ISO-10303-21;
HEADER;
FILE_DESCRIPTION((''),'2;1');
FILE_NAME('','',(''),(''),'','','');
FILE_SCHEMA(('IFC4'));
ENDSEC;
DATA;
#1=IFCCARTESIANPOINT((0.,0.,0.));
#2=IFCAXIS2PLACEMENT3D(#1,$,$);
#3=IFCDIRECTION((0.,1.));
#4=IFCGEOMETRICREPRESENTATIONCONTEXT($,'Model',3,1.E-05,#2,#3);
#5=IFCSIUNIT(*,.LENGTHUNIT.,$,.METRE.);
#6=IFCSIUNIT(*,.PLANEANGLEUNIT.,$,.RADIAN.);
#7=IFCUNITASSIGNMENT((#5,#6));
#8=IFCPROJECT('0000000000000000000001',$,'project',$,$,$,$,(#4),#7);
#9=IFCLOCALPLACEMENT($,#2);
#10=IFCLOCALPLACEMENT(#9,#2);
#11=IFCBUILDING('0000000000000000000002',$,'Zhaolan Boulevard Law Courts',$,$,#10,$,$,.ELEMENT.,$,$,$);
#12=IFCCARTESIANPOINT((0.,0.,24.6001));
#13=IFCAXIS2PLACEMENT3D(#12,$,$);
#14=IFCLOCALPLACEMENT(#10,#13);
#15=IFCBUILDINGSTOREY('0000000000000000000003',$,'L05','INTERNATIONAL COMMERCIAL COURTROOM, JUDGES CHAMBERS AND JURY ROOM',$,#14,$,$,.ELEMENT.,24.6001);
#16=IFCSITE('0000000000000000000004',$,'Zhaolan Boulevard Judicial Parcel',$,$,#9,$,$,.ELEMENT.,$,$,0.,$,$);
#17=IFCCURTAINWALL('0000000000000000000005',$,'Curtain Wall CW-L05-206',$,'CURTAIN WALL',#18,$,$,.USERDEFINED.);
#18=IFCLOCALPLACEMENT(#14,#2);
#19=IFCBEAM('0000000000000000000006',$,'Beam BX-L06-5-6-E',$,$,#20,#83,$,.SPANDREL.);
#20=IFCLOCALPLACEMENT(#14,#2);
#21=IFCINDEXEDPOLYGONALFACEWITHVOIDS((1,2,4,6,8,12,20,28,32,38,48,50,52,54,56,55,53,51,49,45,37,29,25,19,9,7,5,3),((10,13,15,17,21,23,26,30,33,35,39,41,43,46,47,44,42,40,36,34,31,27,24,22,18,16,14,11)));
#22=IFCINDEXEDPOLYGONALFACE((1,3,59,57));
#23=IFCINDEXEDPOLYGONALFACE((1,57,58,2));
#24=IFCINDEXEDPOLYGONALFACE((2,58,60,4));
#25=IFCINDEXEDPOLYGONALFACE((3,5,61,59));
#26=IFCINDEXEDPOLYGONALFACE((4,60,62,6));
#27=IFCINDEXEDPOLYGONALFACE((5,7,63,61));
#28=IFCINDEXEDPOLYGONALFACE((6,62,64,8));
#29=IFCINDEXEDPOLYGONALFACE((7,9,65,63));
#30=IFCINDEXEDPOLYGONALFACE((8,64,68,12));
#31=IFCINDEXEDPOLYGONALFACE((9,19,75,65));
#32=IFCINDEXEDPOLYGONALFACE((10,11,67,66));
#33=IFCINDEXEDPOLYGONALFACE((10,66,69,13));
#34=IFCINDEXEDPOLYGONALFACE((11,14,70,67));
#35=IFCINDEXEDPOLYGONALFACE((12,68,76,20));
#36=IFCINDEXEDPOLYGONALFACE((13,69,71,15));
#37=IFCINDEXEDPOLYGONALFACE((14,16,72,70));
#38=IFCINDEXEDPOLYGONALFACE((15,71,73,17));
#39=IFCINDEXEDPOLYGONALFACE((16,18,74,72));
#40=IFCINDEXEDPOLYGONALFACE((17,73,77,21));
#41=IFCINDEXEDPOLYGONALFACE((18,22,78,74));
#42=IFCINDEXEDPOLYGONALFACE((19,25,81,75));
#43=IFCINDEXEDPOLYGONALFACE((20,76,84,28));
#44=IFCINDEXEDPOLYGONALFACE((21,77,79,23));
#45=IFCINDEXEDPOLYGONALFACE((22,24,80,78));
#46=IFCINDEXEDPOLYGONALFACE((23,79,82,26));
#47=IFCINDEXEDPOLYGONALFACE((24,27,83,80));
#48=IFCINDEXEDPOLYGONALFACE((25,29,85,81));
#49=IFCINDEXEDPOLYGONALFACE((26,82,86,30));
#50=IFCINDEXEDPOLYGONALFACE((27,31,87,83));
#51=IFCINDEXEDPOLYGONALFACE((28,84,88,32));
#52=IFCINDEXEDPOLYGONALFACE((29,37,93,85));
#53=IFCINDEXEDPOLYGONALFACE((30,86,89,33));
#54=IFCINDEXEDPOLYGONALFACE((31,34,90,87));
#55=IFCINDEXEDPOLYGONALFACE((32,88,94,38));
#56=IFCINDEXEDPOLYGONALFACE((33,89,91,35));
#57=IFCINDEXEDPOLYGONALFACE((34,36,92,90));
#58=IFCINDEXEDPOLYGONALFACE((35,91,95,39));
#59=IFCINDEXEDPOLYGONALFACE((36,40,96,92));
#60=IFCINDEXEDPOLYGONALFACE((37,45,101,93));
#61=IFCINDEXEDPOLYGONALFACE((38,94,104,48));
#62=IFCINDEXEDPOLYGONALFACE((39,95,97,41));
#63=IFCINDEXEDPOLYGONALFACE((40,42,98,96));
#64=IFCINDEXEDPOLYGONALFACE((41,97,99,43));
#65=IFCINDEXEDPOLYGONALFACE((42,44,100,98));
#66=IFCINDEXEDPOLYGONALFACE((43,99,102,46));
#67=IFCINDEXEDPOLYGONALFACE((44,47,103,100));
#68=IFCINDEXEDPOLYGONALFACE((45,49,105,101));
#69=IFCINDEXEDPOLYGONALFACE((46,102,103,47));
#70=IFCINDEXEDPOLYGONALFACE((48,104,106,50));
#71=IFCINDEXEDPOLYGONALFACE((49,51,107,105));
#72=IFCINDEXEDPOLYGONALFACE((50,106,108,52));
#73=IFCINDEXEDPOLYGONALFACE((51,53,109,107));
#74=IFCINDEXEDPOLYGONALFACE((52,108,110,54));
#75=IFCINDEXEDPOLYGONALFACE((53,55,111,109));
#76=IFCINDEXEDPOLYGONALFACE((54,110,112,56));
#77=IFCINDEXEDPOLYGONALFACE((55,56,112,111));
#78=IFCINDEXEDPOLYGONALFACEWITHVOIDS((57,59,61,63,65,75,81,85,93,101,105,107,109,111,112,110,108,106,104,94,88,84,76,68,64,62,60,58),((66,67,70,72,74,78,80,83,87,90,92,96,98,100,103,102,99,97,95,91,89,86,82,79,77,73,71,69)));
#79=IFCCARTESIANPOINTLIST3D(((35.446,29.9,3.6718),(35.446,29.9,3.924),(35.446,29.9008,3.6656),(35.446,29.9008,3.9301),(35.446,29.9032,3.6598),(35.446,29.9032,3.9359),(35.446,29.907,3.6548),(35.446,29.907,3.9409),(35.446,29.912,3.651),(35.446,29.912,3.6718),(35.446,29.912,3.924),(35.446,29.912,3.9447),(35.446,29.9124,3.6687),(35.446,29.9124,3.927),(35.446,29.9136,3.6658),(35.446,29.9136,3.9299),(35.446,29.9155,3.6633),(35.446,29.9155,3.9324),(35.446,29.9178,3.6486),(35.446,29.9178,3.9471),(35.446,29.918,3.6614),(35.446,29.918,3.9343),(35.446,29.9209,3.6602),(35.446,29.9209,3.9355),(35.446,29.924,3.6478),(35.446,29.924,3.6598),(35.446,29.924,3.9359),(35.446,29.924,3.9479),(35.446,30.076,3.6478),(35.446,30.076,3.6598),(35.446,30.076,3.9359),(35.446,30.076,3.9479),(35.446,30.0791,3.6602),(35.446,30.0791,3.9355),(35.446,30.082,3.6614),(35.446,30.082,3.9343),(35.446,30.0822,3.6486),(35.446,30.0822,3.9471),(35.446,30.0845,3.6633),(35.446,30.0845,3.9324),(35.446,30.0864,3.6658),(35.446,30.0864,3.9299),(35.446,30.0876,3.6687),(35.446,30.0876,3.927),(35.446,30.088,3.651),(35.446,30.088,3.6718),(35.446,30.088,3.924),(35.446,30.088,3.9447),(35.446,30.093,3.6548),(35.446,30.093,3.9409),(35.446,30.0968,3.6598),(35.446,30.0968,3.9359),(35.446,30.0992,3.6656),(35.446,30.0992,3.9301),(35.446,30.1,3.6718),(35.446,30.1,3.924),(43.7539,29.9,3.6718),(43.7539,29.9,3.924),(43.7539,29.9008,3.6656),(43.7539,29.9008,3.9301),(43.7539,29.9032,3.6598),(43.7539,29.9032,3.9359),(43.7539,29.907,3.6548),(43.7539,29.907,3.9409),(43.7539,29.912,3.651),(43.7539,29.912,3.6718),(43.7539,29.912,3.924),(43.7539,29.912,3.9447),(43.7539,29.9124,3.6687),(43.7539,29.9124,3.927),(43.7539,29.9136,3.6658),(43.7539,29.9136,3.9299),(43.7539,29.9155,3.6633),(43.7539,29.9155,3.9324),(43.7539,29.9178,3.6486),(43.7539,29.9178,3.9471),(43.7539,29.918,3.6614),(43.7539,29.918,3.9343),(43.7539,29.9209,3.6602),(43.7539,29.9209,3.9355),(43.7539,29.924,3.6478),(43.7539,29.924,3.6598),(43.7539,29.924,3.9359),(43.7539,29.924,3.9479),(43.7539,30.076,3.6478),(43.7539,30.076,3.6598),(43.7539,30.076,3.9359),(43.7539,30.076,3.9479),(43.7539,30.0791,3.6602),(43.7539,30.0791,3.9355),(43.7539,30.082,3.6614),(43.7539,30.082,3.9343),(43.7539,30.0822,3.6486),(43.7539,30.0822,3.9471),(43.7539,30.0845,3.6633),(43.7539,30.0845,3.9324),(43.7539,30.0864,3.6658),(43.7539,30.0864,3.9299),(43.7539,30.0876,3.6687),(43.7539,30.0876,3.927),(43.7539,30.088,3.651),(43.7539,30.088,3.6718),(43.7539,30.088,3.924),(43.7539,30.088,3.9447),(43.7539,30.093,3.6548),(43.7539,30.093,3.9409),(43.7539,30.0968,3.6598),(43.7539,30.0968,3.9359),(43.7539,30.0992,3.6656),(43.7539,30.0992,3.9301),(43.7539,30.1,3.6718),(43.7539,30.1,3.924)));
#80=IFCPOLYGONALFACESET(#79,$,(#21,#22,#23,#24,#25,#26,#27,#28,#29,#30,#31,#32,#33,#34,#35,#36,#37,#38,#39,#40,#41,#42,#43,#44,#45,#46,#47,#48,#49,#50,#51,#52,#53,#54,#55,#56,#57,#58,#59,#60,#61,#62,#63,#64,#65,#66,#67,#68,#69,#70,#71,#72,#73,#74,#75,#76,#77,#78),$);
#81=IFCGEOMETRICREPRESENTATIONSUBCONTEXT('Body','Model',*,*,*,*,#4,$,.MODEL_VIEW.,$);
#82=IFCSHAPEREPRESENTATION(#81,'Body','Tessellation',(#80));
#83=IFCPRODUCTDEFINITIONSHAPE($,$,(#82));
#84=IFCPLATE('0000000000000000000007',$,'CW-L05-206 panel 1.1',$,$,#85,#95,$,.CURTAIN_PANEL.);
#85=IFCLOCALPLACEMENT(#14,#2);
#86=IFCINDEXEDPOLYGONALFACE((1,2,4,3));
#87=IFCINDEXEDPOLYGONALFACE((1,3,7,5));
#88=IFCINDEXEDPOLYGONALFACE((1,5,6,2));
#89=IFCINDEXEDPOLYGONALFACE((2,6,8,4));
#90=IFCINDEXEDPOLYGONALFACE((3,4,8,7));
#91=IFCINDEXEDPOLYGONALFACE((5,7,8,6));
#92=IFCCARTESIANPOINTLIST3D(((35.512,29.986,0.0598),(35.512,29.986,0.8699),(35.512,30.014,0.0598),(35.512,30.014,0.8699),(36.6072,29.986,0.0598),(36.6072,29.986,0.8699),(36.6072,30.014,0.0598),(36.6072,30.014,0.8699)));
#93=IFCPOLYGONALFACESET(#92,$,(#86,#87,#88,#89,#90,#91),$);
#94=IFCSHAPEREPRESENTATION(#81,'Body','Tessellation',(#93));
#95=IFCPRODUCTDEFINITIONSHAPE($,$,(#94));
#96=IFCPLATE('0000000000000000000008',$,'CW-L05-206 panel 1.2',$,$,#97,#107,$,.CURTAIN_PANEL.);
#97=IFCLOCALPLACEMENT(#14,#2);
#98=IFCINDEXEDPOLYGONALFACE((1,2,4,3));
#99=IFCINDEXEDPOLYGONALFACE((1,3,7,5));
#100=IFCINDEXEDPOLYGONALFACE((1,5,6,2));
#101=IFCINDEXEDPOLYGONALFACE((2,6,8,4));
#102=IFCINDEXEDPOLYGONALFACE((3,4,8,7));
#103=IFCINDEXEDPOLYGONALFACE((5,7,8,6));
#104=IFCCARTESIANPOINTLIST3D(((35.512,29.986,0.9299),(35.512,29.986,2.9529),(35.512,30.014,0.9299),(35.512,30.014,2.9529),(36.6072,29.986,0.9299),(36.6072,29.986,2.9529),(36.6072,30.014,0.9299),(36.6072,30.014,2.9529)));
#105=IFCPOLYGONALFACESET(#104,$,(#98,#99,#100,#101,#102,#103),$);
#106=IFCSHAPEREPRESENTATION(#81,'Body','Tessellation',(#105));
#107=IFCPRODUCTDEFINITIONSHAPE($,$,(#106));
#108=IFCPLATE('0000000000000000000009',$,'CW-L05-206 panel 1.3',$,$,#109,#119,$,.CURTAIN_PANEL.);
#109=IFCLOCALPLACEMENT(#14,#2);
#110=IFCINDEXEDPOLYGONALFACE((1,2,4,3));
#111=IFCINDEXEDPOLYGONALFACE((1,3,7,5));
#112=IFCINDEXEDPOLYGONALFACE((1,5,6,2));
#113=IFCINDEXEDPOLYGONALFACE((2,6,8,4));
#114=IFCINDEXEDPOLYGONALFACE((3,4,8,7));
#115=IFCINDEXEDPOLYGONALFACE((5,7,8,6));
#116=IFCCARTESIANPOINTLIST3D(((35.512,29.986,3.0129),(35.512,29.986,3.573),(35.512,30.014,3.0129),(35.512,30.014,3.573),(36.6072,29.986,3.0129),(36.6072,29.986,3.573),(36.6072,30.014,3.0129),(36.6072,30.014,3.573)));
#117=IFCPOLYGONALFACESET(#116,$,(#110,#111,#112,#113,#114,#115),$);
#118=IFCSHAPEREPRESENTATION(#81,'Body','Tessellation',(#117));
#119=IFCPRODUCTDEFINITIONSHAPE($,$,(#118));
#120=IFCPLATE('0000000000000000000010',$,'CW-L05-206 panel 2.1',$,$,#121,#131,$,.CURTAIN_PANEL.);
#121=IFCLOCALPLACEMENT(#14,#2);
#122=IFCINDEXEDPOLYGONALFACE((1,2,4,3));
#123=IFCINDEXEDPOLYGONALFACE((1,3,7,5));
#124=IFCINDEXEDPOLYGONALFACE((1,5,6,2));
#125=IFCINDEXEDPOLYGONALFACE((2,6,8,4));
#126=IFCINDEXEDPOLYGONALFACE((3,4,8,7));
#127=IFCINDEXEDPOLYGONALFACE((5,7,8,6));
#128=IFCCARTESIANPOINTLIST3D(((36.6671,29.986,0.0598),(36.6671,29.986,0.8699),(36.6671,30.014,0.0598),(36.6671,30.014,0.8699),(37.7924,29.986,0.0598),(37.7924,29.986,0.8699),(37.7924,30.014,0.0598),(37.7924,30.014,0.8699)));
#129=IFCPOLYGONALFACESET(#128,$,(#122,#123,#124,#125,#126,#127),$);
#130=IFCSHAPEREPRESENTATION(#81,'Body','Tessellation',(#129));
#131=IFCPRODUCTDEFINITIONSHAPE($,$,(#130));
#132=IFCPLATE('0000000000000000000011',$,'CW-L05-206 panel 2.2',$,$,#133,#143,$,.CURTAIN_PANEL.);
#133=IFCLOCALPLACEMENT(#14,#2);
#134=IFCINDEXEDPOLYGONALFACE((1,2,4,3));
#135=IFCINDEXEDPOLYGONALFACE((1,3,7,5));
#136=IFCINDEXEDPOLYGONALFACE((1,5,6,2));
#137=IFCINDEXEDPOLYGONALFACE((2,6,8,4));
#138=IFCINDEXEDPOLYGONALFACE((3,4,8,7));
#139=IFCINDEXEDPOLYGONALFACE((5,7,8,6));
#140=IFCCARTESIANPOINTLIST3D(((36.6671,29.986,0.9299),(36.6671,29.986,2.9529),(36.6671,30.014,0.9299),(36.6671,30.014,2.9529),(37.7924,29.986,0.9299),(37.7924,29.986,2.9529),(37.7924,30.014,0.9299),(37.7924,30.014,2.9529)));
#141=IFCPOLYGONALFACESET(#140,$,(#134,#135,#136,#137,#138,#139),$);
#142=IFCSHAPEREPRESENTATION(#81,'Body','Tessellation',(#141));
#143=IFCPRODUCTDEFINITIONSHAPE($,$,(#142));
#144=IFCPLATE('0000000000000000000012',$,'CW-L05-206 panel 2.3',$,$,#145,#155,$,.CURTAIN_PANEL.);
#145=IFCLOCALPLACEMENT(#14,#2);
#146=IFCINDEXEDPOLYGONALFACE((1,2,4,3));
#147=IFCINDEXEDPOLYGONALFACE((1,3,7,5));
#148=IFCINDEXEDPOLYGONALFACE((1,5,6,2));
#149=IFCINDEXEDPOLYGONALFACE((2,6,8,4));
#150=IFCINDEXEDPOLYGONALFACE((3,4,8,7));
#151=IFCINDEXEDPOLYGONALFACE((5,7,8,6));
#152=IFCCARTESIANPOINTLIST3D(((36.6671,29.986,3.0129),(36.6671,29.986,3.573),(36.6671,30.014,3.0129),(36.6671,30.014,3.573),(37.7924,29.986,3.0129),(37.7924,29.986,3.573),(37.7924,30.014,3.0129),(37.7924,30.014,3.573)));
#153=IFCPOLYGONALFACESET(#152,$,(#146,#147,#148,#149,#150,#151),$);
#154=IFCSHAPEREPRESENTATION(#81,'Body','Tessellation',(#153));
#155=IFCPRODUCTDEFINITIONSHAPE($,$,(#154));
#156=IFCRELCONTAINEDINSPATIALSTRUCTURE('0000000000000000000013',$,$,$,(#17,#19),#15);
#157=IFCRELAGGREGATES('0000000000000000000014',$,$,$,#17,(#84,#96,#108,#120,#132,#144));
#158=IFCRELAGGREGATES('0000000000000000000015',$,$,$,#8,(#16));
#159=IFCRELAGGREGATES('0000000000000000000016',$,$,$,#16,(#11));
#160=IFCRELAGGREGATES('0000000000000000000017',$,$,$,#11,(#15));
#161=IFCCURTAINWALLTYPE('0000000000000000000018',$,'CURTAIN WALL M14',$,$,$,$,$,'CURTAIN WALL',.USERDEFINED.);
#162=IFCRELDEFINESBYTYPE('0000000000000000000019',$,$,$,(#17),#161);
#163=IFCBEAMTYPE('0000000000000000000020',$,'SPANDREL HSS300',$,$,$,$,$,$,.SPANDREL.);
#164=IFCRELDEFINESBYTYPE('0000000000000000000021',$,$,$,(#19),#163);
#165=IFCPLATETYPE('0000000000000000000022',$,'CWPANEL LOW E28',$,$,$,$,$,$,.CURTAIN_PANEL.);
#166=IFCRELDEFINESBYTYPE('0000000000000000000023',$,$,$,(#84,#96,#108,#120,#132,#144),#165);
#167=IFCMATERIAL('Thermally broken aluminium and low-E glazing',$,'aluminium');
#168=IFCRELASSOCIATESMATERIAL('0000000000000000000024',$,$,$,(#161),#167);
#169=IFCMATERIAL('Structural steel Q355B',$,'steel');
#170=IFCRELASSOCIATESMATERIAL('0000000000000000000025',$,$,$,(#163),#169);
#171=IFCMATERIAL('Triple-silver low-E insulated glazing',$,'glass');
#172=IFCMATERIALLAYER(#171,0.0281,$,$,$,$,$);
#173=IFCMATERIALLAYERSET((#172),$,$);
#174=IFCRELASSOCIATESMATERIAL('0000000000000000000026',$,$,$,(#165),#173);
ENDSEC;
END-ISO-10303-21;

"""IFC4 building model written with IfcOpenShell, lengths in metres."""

from ifc_helpers import new_model, si_unit, direction, frame, origin, origin_2d, place, context, subcontext, project, spatial, rectangle, hollow_rectangle, extrude, material, layer, layer_set, material_profile, profile_set, type_object, element, aggregate, save


model = new_model("IFC4")

# Units and contexts
model_context = context("Model", 3, precision=1e-05, world=origin(), true_north=direction((0.0, 1.0)))
body_context = subcontext(model_context, "Body", "Model", "MODEL_VIEW")
ifc_project = project(units=[si_unit("LENGTHUNIT", "METRE"), si_unit("PLANEANGLEUNIT", "RADIAN")], contexts=[model_context])

# Site, building, storey
site_placement = place(None, origin())
site = spatial("IfcSite", under=ifc_project, at=site_placement, Name="Zhaolan Boulevard Judicial Parcel", CompositionType="ELEMENT", RefElevation=0.0)
building_placement = place(site_placement, origin())
building = spatial("IfcBuilding", under=site, at=building_placement, Name="Zhaolan Boulevard Law Courts", CompositionType="ELEMENT")
storey_placement = place(building_placement, frame((0.0, 0.0, 24.6001)))
storey = spatial("IfcBuildingStorey", under=building, at=storey_placement, Name="L05", Description="INTERNATIONAL COMMERCIAL COURTROOM, JUDGES CHAMBERS AND JURY ROOM", CompositionType="ELEMENT", Elevation=24.6001)

# Curtain wall
ifc_material_1 = material(Name="Thermally broken aluminium and low-E glazing", Category="aluminium")
curtain_wall_type = type_object("IfcCurtainWallType", Name="CURTAIN WALL M14", ElementType="CURTAIN WALL", PredefinedType="USERDEFINED", material=ifc_material_1)
curtain_wall_placement = place(storey_placement, origin())
curtain_wall = element("IfcCurtainWall", 1, at=curtain_wall_placement, inside=storey, type_object=curtain_wall_type, Name="Curtain Wall CW-L05-206", ObjectType="CURTAIN WALL", PredefinedType="USERDEFINED")

# Beam
ifc_material_2 = material(Name="Structural steel Q355B", Category="steel")
ifc_material_profile_1 = material_profile(ifc_material_2, hollow_rectangle(XDim=0.2, YDim=0.3, WallThickness=0.012, InnerFilletRadius=0.012, OuterFilletRadius=0.0239, at=origin_2d()), Name="HSS300x200x12")
ifc_profile_set_1 = profile_set([ifc_material_profile_1], Name="Structural steel Q355B")
beam_type = type_object("IfcBeamType", Name="SPANDREL HSS300", PredefinedType="SPANDREL", material=ifc_profile_set_1)
beam_placement = place(storey_placement, frame((35.446, 30.0, 3.7979), z_axis=(1.0, 0.0, 0.0), x_axis=(0.0, 1.0, 0.0)))
element("IfcBeam", 2, at=beam_placement, inside=storey, type_object=beam_type, Name="Beam BX-L06-5-6-E", PredefinedType="SPANDREL", context=body_context, shape_type="SweptSolid", body=[
    extrude(hollow_rectangle(XDim=0.2, YDim=0.3, WallThickness=0.012, InnerFilletRadius=0.012, OuterFilletRadius=0.0239, at=origin_2d()), origin(), (0.0, 0.0, 1.0), 8.3079),
])

# Plates
ifc_material_3 = material(Name="Triple-silver low-E insulated glazing", Category="glass")
ifc_layer = layer(ifc_material_3, 0.0281)
ifc_layer_set = layer_set([ifc_layer])
plate_type = type_object("IfcPlateType", Name="CWPANEL LOW E28", PredefinedType="CURTAIN_PANEL", material=ifc_layer_set)
plate_1_placement = place(storey_placement, frame((36.0596, 30.0, 0.0598), z_axis=(0.0, 0.0, 1.0), x_axis=(1.0, 0.0, 0.0)))
plate_1 = element("IfcPlate", 3, at=plate_1_placement, type_object=plate_type, Name="CW-L05-206 panel 1.1", PredefinedType="CURTAIN_PANEL", context=body_context, shape_type="SweptSolid", body=[
    extrude(rectangle(XDim=1.0952, YDim=0.0281, at=origin_2d()), origin(), (0.0, 0.0, 1.0), 0.8101),
])
plate_2_placement = place(storey_placement, frame((36.0596, 30.0, 0.9299), z_axis=(0.0, 0.0, 1.0), x_axis=(1.0, 0.0, 0.0)))
plate_2 = element("IfcPlate", 4, at=plate_2_placement, type_object=plate_type, Name="CW-L05-206 panel 1.2", PredefinedType="CURTAIN_PANEL", context=body_context, shape_type="SweptSolid", body=[
    extrude(rectangle(XDim=1.0952, YDim=0.0281, at=origin_2d()), origin(), (0.0, 0.0, 1.0), 2.0229),
])
plate_3_placement = place(storey_placement, frame((36.0596, 30.0, 3.0129), z_axis=(0.0, 0.0, 1.0), x_axis=(1.0, 0.0, 0.0)))
plate_3 = element("IfcPlate", 5, at=plate_3_placement, type_object=plate_type, Name="CW-L05-206 panel 1.3", PredefinedType="CURTAIN_PANEL", context=body_context, shape_type="SweptSolid", body=[
    extrude(rectangle(XDim=1.0952, YDim=0.0281, at=origin_2d()), origin(), (0.0, 0.0, 1.0), 0.5601),
])
plate_4_placement = place(storey_placement, frame((37.2297, 30.0, 0.0598), z_axis=(0.0, 0.0, 1.0), x_axis=(1.0, 0.0, 0.0)))
plate_4 = element("IfcPlate", 6, at=plate_4_placement, type_object=plate_type, Name="CW-L05-206 panel 2.1", PredefinedType="CURTAIN_PANEL", context=body_context, shape_type="SweptSolid", body=[
    extrude(rectangle(XDim=1.1252, YDim=0.0281, at=origin_2d()), origin(), (0.0, 0.0, 1.0), 0.8101),
])
plate_5_placement = place(storey_placement, frame((37.2297, 30.0, 0.9299), z_axis=(0.0, 0.0, 1.0), x_axis=(1.0, 0.0, 0.0)))
plate_5 = element("IfcPlate", 7, at=plate_5_placement, type_object=plate_type, Name="CW-L05-206 panel 2.2", PredefinedType="CURTAIN_PANEL", context=body_context, shape_type="SweptSolid", body=[
    extrude(rectangle(XDim=1.1252, YDim=0.0281, at=origin_2d()), origin(), (0.0, 0.0, 1.0), 2.0229),
])
plate_6_placement = place(storey_placement, frame((37.2297, 30.0, 3.0129), z_axis=(0.0, 0.0, 1.0), x_axis=(1.0, 0.0, 0.0)))
plate_6 = element("IfcPlate", 8, at=plate_6_placement, type_object=plate_type, Name="CW-L05-206 panel 2.3", PredefinedType="CURTAIN_PANEL", context=body_context, shape_type="SweptSolid", body=[
    extrude(rectangle(XDim=1.1252, YDim=0.0281, at=origin_2d()), origin(), (0.0, 0.0, 1.0), 0.5601),
])
aggregate(curtain_wall, [plate_1, plate_2, plate_3, plate_4, plate_5, plate_6])

save(model, "model.ifc")
